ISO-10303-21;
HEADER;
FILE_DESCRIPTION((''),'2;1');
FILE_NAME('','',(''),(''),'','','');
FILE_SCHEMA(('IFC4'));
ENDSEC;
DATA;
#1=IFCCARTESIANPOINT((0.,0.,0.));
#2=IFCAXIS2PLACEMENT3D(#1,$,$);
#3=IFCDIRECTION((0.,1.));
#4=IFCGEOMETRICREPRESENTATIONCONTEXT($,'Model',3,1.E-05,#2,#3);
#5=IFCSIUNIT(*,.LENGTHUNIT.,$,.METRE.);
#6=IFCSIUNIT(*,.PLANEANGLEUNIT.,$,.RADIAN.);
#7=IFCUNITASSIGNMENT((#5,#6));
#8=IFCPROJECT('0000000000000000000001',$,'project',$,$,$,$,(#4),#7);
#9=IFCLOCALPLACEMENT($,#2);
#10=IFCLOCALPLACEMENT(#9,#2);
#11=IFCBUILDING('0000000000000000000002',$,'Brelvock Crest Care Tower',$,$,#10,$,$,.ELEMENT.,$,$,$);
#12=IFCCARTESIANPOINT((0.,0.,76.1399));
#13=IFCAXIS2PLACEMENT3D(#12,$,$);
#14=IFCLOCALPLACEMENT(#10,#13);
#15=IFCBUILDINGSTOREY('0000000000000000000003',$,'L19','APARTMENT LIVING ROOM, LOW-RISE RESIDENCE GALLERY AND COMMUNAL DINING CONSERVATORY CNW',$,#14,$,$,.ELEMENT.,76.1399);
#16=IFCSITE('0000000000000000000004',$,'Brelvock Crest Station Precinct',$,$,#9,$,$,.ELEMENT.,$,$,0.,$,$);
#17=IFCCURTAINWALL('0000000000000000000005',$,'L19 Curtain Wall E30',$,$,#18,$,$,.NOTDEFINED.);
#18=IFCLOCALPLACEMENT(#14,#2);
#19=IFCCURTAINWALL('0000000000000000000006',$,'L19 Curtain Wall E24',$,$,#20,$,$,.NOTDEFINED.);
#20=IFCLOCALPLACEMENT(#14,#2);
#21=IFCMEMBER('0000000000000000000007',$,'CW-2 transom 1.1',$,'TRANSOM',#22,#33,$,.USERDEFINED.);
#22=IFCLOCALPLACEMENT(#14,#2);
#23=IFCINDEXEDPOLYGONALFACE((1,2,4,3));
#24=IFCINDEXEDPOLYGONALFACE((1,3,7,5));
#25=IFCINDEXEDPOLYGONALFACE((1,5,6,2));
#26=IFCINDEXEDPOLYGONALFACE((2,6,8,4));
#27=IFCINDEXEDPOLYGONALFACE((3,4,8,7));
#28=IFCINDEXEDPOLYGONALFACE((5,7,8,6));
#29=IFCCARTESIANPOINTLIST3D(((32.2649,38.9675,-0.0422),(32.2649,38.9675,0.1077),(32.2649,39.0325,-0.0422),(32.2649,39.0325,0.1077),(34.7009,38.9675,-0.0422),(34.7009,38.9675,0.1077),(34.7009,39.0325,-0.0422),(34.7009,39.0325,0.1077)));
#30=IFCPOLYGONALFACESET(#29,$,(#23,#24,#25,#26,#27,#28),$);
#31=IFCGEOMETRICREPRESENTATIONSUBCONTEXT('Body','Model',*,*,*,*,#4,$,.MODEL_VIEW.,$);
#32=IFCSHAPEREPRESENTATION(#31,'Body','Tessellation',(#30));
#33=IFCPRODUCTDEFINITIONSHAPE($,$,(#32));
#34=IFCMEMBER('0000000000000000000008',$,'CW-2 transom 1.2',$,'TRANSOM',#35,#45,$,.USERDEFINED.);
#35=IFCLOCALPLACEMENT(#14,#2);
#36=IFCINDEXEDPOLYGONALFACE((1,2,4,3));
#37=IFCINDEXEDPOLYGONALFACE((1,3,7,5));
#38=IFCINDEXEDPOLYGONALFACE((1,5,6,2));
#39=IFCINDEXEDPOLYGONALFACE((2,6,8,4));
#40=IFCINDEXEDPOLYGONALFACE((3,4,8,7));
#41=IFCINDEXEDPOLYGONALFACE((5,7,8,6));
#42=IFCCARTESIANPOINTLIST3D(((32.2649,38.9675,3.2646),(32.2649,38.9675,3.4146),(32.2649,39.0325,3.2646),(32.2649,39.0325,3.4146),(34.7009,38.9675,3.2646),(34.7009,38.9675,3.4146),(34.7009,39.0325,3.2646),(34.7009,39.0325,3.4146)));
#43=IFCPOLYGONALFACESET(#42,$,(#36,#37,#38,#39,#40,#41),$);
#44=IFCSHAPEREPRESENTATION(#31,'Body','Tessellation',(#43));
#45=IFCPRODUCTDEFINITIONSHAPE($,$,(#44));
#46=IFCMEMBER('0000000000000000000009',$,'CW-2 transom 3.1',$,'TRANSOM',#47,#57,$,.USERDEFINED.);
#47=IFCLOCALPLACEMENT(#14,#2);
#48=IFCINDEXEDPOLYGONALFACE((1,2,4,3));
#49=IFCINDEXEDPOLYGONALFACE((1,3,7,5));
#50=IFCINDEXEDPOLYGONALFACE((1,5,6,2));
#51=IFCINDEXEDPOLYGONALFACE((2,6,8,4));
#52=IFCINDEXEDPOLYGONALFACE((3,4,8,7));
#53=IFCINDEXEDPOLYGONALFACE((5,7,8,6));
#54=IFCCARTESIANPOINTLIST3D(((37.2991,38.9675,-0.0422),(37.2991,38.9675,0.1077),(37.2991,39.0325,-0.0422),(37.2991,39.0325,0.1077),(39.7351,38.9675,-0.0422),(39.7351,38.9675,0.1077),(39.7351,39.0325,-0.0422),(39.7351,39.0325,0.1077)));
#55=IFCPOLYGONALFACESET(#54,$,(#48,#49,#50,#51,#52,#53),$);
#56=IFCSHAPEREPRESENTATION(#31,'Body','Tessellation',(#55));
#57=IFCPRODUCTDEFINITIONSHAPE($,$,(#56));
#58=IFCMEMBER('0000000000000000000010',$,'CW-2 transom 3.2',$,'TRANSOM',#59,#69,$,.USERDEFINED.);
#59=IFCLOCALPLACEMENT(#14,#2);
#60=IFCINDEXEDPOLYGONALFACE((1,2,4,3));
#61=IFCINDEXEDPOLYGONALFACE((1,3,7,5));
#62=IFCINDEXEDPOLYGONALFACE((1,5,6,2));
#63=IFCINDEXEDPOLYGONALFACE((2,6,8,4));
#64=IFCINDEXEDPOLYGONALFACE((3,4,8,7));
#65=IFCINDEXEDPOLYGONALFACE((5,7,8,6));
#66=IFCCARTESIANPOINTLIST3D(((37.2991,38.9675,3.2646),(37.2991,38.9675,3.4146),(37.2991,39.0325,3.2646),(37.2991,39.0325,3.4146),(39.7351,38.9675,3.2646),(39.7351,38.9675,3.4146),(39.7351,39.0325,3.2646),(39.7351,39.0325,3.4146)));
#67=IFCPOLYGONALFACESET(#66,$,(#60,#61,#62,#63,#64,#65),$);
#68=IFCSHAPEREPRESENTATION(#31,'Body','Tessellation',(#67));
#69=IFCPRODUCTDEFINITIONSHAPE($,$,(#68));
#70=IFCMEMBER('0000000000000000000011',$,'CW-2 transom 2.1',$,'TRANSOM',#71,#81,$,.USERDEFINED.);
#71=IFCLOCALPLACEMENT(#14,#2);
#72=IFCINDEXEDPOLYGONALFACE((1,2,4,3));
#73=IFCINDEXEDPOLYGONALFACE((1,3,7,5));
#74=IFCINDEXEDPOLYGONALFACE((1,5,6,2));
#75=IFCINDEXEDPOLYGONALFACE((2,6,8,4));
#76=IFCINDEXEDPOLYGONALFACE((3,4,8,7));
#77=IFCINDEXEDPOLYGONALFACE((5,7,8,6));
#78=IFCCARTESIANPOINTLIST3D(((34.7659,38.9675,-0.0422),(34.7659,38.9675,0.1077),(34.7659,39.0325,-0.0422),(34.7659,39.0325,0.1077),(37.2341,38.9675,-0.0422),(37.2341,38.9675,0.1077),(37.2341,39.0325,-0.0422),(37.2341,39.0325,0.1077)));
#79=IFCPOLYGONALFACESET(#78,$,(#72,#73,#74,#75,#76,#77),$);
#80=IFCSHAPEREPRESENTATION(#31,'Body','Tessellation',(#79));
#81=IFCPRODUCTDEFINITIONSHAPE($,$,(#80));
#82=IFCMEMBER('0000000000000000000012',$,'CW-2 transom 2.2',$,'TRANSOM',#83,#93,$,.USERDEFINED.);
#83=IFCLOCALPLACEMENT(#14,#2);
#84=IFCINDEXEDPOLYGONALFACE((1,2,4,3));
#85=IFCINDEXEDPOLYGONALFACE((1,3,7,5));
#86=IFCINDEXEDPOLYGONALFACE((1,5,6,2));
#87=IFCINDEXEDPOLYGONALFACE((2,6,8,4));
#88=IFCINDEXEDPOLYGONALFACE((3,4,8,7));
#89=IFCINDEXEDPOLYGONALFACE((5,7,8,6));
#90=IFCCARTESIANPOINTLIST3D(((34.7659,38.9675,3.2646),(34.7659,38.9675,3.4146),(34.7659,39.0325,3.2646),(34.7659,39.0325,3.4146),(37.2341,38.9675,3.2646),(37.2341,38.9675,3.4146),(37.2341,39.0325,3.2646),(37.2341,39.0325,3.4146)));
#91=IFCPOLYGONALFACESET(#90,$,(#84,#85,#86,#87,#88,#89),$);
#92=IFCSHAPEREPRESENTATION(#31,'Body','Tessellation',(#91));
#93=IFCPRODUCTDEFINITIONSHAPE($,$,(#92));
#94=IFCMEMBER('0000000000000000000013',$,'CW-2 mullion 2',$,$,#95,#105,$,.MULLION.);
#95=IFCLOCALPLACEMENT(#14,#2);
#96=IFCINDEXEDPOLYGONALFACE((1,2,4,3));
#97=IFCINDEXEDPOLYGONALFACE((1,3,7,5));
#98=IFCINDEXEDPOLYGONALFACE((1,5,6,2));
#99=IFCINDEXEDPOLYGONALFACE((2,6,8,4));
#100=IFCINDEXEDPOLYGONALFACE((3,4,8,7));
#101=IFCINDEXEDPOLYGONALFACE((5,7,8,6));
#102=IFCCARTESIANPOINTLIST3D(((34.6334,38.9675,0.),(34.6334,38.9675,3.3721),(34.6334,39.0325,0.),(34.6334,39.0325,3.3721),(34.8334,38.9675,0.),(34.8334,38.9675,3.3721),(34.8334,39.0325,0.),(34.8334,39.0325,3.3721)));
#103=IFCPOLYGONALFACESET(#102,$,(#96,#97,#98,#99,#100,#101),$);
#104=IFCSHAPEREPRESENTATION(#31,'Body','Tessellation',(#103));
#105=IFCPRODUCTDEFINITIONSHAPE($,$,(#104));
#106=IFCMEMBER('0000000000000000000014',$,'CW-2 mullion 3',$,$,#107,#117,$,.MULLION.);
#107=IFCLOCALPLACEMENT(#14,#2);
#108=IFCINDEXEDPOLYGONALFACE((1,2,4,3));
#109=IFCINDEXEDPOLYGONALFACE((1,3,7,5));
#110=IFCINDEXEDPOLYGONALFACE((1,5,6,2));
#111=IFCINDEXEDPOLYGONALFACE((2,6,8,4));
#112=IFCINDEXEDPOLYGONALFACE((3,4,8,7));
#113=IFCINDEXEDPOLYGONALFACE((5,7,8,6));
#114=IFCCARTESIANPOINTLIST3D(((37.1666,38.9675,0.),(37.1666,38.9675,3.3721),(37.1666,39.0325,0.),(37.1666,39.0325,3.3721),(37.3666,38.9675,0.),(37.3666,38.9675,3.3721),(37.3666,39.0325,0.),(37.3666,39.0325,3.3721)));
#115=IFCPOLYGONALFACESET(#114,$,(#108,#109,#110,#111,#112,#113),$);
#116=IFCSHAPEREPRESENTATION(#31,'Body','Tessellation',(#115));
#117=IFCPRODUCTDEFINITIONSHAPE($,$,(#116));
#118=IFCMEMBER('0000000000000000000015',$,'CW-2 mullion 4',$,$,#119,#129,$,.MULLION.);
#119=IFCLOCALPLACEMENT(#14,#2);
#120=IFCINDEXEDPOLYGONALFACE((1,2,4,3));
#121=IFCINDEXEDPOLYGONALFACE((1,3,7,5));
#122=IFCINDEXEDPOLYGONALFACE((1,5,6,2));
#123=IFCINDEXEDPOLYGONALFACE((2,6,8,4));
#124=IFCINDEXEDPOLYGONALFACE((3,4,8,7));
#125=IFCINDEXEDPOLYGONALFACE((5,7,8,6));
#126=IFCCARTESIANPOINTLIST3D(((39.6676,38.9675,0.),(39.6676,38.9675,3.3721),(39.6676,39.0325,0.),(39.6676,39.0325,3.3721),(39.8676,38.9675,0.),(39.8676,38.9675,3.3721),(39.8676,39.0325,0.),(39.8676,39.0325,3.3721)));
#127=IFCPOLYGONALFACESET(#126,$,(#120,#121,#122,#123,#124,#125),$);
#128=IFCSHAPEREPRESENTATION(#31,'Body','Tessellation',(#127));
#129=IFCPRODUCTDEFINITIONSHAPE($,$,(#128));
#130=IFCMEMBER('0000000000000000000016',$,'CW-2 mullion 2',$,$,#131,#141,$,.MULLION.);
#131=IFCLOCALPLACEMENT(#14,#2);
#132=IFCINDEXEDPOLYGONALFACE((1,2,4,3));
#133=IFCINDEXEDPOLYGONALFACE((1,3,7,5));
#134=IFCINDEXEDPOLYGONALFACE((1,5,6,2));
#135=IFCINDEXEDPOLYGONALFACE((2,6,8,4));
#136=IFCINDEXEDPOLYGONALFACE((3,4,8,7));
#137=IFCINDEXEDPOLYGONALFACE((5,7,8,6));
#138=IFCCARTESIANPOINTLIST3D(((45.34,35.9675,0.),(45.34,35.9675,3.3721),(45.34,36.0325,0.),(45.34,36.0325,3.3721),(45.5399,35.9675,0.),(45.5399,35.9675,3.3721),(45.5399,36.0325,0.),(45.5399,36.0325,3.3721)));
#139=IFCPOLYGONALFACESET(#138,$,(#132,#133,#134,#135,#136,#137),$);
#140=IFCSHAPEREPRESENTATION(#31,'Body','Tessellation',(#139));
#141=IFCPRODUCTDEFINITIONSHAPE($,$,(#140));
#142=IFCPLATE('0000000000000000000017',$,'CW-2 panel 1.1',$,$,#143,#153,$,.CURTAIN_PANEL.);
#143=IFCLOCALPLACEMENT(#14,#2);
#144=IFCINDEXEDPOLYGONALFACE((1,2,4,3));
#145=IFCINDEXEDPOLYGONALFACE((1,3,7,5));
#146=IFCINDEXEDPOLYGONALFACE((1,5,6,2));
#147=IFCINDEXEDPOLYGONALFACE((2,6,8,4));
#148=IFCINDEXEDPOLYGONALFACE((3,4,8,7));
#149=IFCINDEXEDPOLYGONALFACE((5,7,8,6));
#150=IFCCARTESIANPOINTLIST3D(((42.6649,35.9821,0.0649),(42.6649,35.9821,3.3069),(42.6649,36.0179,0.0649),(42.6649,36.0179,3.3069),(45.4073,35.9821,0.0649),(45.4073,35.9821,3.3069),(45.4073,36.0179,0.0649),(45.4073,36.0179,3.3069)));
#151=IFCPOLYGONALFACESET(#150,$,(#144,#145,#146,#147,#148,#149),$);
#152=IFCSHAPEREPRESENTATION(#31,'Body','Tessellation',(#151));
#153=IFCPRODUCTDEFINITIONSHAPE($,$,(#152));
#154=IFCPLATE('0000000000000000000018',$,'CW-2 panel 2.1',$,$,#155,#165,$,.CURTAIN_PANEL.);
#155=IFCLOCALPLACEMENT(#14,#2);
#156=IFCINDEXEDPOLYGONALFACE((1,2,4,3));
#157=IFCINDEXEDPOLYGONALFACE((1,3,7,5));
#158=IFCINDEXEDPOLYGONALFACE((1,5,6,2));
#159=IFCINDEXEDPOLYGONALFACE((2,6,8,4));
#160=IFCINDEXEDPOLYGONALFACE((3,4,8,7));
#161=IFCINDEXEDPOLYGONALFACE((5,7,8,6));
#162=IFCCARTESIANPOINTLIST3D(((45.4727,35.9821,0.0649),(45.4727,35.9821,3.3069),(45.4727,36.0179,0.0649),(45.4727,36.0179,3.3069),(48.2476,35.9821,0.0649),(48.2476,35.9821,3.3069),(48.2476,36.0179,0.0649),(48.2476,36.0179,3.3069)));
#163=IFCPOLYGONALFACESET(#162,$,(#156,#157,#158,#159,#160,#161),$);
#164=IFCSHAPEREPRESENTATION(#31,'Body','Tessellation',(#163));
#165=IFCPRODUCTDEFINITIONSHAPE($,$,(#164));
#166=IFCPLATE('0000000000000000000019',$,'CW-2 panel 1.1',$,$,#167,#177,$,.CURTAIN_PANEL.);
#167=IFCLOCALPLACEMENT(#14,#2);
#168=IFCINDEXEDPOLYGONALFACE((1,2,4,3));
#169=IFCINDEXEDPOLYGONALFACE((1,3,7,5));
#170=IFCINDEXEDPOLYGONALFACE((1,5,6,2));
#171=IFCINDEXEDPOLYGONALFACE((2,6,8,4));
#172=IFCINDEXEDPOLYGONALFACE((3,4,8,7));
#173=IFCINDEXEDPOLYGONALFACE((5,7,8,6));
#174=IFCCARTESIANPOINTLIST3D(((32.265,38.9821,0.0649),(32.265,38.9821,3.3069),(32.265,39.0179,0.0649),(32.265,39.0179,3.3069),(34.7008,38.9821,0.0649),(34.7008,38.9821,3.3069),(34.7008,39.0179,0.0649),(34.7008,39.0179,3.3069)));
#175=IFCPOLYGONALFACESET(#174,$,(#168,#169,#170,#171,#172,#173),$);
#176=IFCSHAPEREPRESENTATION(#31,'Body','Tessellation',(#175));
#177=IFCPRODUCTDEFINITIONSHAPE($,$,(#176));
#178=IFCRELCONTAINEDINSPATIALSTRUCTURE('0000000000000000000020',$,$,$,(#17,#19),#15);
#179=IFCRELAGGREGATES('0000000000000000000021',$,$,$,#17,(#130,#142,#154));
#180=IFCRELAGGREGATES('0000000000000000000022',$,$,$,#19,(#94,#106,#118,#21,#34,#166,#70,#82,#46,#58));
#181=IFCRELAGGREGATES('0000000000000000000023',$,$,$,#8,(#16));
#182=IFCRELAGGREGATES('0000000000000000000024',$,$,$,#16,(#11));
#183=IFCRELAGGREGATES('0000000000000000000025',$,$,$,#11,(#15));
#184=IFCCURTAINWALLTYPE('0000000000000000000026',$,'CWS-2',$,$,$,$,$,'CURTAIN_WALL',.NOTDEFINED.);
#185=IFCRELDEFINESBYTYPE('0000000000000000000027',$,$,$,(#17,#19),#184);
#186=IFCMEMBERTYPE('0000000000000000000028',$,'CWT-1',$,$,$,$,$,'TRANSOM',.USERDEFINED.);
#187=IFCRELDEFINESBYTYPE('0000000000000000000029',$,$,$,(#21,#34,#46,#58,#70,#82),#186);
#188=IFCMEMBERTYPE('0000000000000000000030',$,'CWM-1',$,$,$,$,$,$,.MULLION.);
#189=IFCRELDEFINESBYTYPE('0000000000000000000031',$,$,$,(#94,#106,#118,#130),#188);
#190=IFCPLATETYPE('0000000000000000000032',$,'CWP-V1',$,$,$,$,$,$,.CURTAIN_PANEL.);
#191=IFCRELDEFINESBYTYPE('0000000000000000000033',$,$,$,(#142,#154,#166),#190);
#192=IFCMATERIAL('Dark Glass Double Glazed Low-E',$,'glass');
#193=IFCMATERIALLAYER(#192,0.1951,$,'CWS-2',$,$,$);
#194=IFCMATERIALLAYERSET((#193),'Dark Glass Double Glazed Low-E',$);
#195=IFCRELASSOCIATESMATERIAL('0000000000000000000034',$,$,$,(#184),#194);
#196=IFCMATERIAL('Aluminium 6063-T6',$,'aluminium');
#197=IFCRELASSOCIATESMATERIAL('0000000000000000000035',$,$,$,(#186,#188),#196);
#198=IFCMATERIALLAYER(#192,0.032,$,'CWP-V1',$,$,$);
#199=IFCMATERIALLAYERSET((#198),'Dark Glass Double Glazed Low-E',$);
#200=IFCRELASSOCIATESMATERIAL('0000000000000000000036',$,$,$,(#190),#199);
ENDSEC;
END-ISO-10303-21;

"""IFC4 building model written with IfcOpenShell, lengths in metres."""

from ifc_helpers import new_model, si_unit, direction, frame, origin, origin_2d, place, context, subcontext, project, spatial, rectangle, extrude, source, transform, mapped, material, layer, layer_set, material_profile, profile_set, type_object, element, aggregate, save


model = new_model("IFC4")

# Units and contexts
model_context = context("Model", 3, precision=1e-05, world=origin(), true_north=direction((0.0, 1.0)))
body_context = subcontext(model_context, "Body", "Model", "MODEL_VIEW")
ifc_project = project(units=[si_unit("LENGTHUNIT", "METRE"), si_unit("PLANEANGLEUNIT", "RADIAN")], contexts=[model_context])

# Site, building, storey
site_placement = place(None, origin())
site = spatial("IfcSite", under=ifc_project, at=site_placement, Name="Brelvock Crest Station Precinct", CompositionType="ELEMENT", RefElevation=0.0)
building_placement = place(site_placement, origin())
building = spatial("IfcBuilding", under=site, at=building_placement, Name="Brelvock Crest Care Tower", CompositionType="ELEMENT")
storey_placement = place(building_placement, frame((0.0, 0.0, 76.1399)))
storey = spatial("IfcBuildingStorey", under=building, at=storey_placement, Name="L19", Description="APARTMENT LIVING ROOM, LOW-RISE RESIDENCE GALLERY AND COMMUNAL DINING CONSERVATORY CNW", CompositionType="ELEMENT", Elevation=76.1399)

# Curtain walls, members
ifc_material_1 = material(Name="Dark Glass Double Glazed Low-E", Category="glass")
ifc_layer_1 = layer(ifc_material_1, 0.1951, Name="CWS-2")
ifc_layer_set_1 = layer_set([ifc_layer_1], Name="Dark Glass Double Glazed Low-E")
curtain_wall_type = type_object("IfcCurtainWallType", Name="CWS-2", ElementType="CURTAIN_WALL", PredefinedType="NOTDEFINED", material=ifc_layer_set_1)
curtain_wall_1_placement = place(storey_placement, origin())
curtain_wall_1 = element("IfcCurtainWall", 1, at=curtain_wall_1_placement, inside=storey, type_object=curtain_wall_type, Name="L19 Curtain Wall E30", PredefinedType="NOTDEFINED")
ifc_material_2 = material(Name="Aluminium 6063-T6", Category="aluminium")
ifc_material_profile_1 = material_profile(ifc_material_2, rectangle(XDim=0.0649, YDim=0.1499, at=origin_2d()), Name="ALU65x150")
ifc_profile_set_1 = profile_set([ifc_material_profile_1], Name="Aluminium 6063-T6")
member_type_1 = type_object("IfcMemberType", Name="CWT-1", ElementType="TRANSOM", PredefinedType="USERDEFINED", material=ifc_profile_set_1)
curtain_wall_2_placement = place(storey_placement, origin())
curtain_wall_2 = element("IfcCurtainWall", 2, at=curtain_wall_2_placement, inside=storey, type_object=curtain_wall_type, Name="L19 Curtain Wall E24", PredefinedType="NOTDEFINED")
shared_shape_1 = source(origin(), body_context, "Body", "SweptSolid", [
    extrude(rectangle(XDim=0.0649, YDim=0.1499, at=origin_2d()), origin(), (0.0, 0.0, 1.0), 2.436),
])
member_1_placement = place(storey_placement, frame((32.2649, 39.0, 0.0327), z_axis=(1.0, 0.0, 0.0), x_axis=(0.0, 1.0, 0.0)))
member_1 = element("IfcMember", 3, at=member_1_placement, type_object=member_type_1, Name="CW-2 transom 1.1", ObjectType="TRANSOM", PredefinedType="USERDEFINED", context=body_context, shape_type="MappedRepresentation", body=[
    mapped(shared_shape_1, transform((0.0, 0.0, 0.0), x_axis=(1.0, 0.0, 0.0), y_axis=(0.0, 1.0, 0.0), z_axis=(0.0, 0.0, 1.0), scale=1.0)),
])
member_2_placement = place(storey_placement, frame((32.2649, 39.0, 3.3396), z_axis=(1.0, 0.0, 0.0), x_axis=(0.0, 1.0, 0.0)))
member_2 = element("IfcMember", 4, at=member_2_placement, type_object=member_type_1, Name="CW-2 transom 1.2", ObjectType="TRANSOM", PredefinedType="USERDEFINED", context=body_context, shape_type="MappedRepresentation", body=[
    mapped(shared_shape_1, transform((0.0, 0.0, 0.0), x_axis=(1.0, 0.0, 0.0), y_axis=(0.0, 1.0, 0.0), z_axis=(0.0, 0.0, 1.0), scale=1.0)),
])
member_3_placement = place(storey_placement, frame((37.2991, 39.0, 0.0327), z_axis=(1.0, 0.0, 0.0), x_axis=(0.0, 1.0, 0.0)))
member_3 = element("IfcMember", 5, at=member_3_placement, type_object=member_type_1, Name="CW-2 transom 3.1", ObjectType="TRANSOM", PredefinedType="USERDEFINED", context=body_context, shape_type="MappedRepresentation", body=[
    mapped(shared_shape_1, transform((0.0, 0.0, 0.0), x_axis=(1.0, 0.0, 0.0), y_axis=(0.0, 1.0, 0.0), z_axis=(0.0, 0.0, 1.0), scale=1.0)),
])
member_4_placement = place(storey_placement, frame((37.2991, 39.0, 3.3396), z_axis=(1.0, 0.0, 0.0), x_axis=(0.0, 1.0, 0.0)))
member_4 = element("IfcMember", 6, at=member_4_placement, type_object=member_type_1, Name="CW-2 transom 3.2", ObjectType="TRANSOM", PredefinedType="USERDEFINED", context=body_context, shape_type="MappedRepresentation", body=[
    mapped(shared_shape_1, transform((0.0, 0.0, 0.0), x_axis=(1.0, 0.0, 0.0), y_axis=(0.0, 1.0, 0.0), z_axis=(0.0, 0.0, 1.0), scale=1.0)),
])
shared_shape_2 = source(origin(), body_context, "Body", "SweptSolid", [
    extrude(rectangle(XDim=0.0649, YDim=0.1499, at=origin_2d()), origin(), (0.0, 0.0, 1.0), 2.4683),
])
member_5_placement = place(storey_placement, frame((34.7659, 39.0, 0.0327), z_axis=(1.0, 0.0, 0.0), x_axis=(0.0, 1.0, 0.0)))
member_5 = element("IfcMember", 7, at=member_5_placement, type_object=member_type_1, Name="CW-2 transom 2.1", ObjectType="TRANSOM", PredefinedType="USERDEFINED", context=body_context, shape_type="MappedRepresentation", body=[
    mapped(shared_shape_2, transform((0.0, 0.0, 0.0), x_axis=(1.0, 0.0, 0.0), y_axis=(0.0, 1.0, 0.0), z_axis=(0.0, 0.0, 1.0), scale=1.0)),
])
member_6_placement = place(storey_placement, frame((34.7659, 39.0, 3.3396), z_axis=(1.0, 0.0, 0.0), x_axis=(0.0, 1.0, 0.0)))
member_6 = element("IfcMember", 8, at=member_6_placement, type_object=member_type_1, Name="CW-2 transom 2.2", ObjectType="TRANSOM", PredefinedType="USERDEFINED", context=body_context, shape_type="MappedRepresentation", body=[
    mapped(shared_shape_2, transform((0.0, 0.0, 0.0), x_axis=(1.0, 0.0, 0.0), y_axis=(0.0, 1.0, 0.0), z_axis=(0.0, 0.0, 1.0), scale=1.0)),
])
ifc_material_profile_2 = material_profile(ifc_material_2, rectangle(XDim=0.0649, YDim=0.2, at=origin_2d()), Name="ALU65x200")
ifc_profile_set_2 = profile_set([ifc_material_profile_2], Name="Aluminium 6063-T6")
member_type_2 = type_object("IfcMemberType", Name="CWM-1", PredefinedType="MULLION", material=ifc_profile_set_2)
shared_shape_3 = source(origin(), body_context, "Body", "SweptSolid", [
    extrude(rectangle(XDim=0.0649, YDim=0.2, at=origin_2d()), origin(), (0.0, 0.0, 1.0), 3.3721),
])
member_7_placement = place(storey_placement, frame((34.7334, 39.0, 0.0), z_axis=(0.0, 0.0, 1.0), x_axis=(0.0, 1.0, 0.0)))
member_7 = element("IfcMember", 9, at=member_7_placement, type_object=member_type_2, Name="CW-2 mullion 2", PredefinedType="MULLION", context=body_context, shape_type="MappedRepresentation", body=[
    mapped(shared_shape_3, transform((0.0, 0.0, 0.0), x_axis=(1.0, 0.0, 0.0), y_axis=(0.0, 1.0, 0.0), z_axis=(0.0, 0.0, 1.0), scale=1.0)),
])
member_8_placement = place(storey_placement, frame((37.2666, 39.0, 0.0), z_axis=(0.0, 0.0, 1.0), x_axis=(0.0, 1.0, 0.0)))
member_8 = element("IfcMember", 10, at=member_8_placement, type_object=member_type_2, Name="CW-2 mullion 3", PredefinedType="MULLION", context=body_context, shape_type="MappedRepresentation", body=[
    mapped(shared_shape_3, transform((0.0, 0.0, 0.0), x_axis=(1.0, 0.0, 0.0), y_axis=(0.0, 1.0, 0.0), z_axis=(0.0, 0.0, 1.0), scale=1.0)),
])
member_9_placement = place(storey_placement, frame((39.7676, 39.0, 0.0), z_axis=(0.0, 0.0, 1.0), x_axis=(0.0, 1.0, 0.0)))
member_9 = element("IfcMember", 11, at=member_9_placement, type_object=member_type_2, Name="CW-2 mullion 4", PredefinedType="MULLION", context=body_context, shape_type="MappedRepresentation", body=[
    mapped(shared_shape_3, transform((0.0, 0.0, 0.0), x_axis=(1.0, 0.0, 0.0), y_axis=(0.0, 1.0, 0.0), z_axis=(0.0, 0.0, 1.0), scale=1.0)),
])

# Member
member_10_placement = place(storey_placement, frame((45.4399, 36.0, 0.0), z_axis=(0.0, 0.0, 1.0), x_axis=(0.0, 1.0, 0.0)))
member_10 = element("IfcMember", 12, at=member_10_placement, type_object=member_type_2, Name="CW-2 mullion 2", PredefinedType="MULLION", context=body_context, shape_type="MappedRepresentation", body=[
    mapped(shared_shape_3, transform((0.0, 0.0, 0.0), x_axis=(1.0, 0.0, 0.0), y_axis=(0.0, 1.0, 0.0), z_axis=(0.0, 0.0, 1.0), scale=1.0)),
])

# Plates
ifc_layer_2 = layer(ifc_material_1, 0.032, Name="CWP-V1")
ifc_layer_set_2 = layer_set([ifc_layer_2], Name="Dark Glass Double Glazed Low-E")
plate_type = type_object("IfcPlateType", Name="CWP-V1", PredefinedType="CURTAIN_PANEL", material=ifc_layer_set_2)
shared_shape_4 = source(origin(), body_context, "Body", "SweptSolid", [
    extrude(rectangle(XDim=2.7424, YDim=0.0359, at=origin_2d()), origin(), (0.0, 0.0, 1.0), 3.2419),
])
plate_1_placement = place(storey_placement, frame((44.0361, 36.0, 0.0649), z_axis=(0.0, 0.0, 1.0), x_axis=(1.0, 0.0, 0.0)))
plate_1 = element("IfcPlate", 13, at=plate_1_placement, type_object=plate_type, Name="CW-2 panel 1.1", PredefinedType="CURTAIN_PANEL", context=body_context, shape_type="MappedRepresentation", body=[
    mapped(shared_shape_4, transform((0.0, 0.0, 0.0), x_axis=(1.0, 0.0, 0.0), y_axis=(0.0, 1.0, 0.0), z_axis=(0.0, 0.0, 1.0), scale=1.0)),
])
shared_shape_5 = source(origin(), body_context, "Body", "SweptSolid", [
    extrude(rectangle(XDim=2.7749, YDim=0.0359, at=origin_2d()), origin(), (0.0, 0.0, 1.0), 3.2419),
])
plate_2_placement = place(storey_placement, frame((46.8601, 36.0, 0.0649), z_axis=(0.0, 0.0, 1.0), x_axis=(1.0, 0.0, 0.0)))
plate_2 = element("IfcPlate", 14, at=plate_2_placement, type_object=plate_type, Name="CW-2 panel 2.1", PredefinedType="CURTAIN_PANEL", context=body_context, shape_type="MappedRepresentation", body=[
    mapped(shared_shape_5, transform((0.0, 0.0, 0.0), x_axis=(1.0, 0.0, 0.0), y_axis=(0.0, 1.0, 0.0), z_axis=(0.0, 0.0, 1.0), scale=1.0)),
])
aggregate(curtain_wall_1, [member_10, plate_1, plate_2])
shared_shape_6 = source(origin(), body_context, "Body", "SweptSolid", [
    extrude(rectangle(XDim=2.4358, YDim=0.0359, at=origin_2d()), origin(), (0.0, 0.0, 1.0), 3.2419),
])
plate_3_placement = place(storey_placement, frame((33.4829, 39.0, 0.0649), z_axis=(0.0, 0.0, 1.0), x_axis=(1.0, 0.0, 0.0)))
plate_3 = element("IfcPlate", 15, at=plate_3_placement, type_object=plate_type, Name="CW-2 panel 1.1", PredefinedType="CURTAIN_PANEL", context=body_context, shape_type="MappedRepresentation", body=[
    mapped(shared_shape_6, transform((0.0, 0.0, 0.0), x_axis=(1.0, 0.0, 0.0), y_axis=(0.0, 1.0, 0.0), z_axis=(0.0, 0.0, 1.0), scale=1.0)),
])
aggregate(curtain_wall_2, [member_7, member_8, member_9, member_1, member_2, plate_3, member_5, member_6, member_3, member_4])

save(model, "model.ifc")
